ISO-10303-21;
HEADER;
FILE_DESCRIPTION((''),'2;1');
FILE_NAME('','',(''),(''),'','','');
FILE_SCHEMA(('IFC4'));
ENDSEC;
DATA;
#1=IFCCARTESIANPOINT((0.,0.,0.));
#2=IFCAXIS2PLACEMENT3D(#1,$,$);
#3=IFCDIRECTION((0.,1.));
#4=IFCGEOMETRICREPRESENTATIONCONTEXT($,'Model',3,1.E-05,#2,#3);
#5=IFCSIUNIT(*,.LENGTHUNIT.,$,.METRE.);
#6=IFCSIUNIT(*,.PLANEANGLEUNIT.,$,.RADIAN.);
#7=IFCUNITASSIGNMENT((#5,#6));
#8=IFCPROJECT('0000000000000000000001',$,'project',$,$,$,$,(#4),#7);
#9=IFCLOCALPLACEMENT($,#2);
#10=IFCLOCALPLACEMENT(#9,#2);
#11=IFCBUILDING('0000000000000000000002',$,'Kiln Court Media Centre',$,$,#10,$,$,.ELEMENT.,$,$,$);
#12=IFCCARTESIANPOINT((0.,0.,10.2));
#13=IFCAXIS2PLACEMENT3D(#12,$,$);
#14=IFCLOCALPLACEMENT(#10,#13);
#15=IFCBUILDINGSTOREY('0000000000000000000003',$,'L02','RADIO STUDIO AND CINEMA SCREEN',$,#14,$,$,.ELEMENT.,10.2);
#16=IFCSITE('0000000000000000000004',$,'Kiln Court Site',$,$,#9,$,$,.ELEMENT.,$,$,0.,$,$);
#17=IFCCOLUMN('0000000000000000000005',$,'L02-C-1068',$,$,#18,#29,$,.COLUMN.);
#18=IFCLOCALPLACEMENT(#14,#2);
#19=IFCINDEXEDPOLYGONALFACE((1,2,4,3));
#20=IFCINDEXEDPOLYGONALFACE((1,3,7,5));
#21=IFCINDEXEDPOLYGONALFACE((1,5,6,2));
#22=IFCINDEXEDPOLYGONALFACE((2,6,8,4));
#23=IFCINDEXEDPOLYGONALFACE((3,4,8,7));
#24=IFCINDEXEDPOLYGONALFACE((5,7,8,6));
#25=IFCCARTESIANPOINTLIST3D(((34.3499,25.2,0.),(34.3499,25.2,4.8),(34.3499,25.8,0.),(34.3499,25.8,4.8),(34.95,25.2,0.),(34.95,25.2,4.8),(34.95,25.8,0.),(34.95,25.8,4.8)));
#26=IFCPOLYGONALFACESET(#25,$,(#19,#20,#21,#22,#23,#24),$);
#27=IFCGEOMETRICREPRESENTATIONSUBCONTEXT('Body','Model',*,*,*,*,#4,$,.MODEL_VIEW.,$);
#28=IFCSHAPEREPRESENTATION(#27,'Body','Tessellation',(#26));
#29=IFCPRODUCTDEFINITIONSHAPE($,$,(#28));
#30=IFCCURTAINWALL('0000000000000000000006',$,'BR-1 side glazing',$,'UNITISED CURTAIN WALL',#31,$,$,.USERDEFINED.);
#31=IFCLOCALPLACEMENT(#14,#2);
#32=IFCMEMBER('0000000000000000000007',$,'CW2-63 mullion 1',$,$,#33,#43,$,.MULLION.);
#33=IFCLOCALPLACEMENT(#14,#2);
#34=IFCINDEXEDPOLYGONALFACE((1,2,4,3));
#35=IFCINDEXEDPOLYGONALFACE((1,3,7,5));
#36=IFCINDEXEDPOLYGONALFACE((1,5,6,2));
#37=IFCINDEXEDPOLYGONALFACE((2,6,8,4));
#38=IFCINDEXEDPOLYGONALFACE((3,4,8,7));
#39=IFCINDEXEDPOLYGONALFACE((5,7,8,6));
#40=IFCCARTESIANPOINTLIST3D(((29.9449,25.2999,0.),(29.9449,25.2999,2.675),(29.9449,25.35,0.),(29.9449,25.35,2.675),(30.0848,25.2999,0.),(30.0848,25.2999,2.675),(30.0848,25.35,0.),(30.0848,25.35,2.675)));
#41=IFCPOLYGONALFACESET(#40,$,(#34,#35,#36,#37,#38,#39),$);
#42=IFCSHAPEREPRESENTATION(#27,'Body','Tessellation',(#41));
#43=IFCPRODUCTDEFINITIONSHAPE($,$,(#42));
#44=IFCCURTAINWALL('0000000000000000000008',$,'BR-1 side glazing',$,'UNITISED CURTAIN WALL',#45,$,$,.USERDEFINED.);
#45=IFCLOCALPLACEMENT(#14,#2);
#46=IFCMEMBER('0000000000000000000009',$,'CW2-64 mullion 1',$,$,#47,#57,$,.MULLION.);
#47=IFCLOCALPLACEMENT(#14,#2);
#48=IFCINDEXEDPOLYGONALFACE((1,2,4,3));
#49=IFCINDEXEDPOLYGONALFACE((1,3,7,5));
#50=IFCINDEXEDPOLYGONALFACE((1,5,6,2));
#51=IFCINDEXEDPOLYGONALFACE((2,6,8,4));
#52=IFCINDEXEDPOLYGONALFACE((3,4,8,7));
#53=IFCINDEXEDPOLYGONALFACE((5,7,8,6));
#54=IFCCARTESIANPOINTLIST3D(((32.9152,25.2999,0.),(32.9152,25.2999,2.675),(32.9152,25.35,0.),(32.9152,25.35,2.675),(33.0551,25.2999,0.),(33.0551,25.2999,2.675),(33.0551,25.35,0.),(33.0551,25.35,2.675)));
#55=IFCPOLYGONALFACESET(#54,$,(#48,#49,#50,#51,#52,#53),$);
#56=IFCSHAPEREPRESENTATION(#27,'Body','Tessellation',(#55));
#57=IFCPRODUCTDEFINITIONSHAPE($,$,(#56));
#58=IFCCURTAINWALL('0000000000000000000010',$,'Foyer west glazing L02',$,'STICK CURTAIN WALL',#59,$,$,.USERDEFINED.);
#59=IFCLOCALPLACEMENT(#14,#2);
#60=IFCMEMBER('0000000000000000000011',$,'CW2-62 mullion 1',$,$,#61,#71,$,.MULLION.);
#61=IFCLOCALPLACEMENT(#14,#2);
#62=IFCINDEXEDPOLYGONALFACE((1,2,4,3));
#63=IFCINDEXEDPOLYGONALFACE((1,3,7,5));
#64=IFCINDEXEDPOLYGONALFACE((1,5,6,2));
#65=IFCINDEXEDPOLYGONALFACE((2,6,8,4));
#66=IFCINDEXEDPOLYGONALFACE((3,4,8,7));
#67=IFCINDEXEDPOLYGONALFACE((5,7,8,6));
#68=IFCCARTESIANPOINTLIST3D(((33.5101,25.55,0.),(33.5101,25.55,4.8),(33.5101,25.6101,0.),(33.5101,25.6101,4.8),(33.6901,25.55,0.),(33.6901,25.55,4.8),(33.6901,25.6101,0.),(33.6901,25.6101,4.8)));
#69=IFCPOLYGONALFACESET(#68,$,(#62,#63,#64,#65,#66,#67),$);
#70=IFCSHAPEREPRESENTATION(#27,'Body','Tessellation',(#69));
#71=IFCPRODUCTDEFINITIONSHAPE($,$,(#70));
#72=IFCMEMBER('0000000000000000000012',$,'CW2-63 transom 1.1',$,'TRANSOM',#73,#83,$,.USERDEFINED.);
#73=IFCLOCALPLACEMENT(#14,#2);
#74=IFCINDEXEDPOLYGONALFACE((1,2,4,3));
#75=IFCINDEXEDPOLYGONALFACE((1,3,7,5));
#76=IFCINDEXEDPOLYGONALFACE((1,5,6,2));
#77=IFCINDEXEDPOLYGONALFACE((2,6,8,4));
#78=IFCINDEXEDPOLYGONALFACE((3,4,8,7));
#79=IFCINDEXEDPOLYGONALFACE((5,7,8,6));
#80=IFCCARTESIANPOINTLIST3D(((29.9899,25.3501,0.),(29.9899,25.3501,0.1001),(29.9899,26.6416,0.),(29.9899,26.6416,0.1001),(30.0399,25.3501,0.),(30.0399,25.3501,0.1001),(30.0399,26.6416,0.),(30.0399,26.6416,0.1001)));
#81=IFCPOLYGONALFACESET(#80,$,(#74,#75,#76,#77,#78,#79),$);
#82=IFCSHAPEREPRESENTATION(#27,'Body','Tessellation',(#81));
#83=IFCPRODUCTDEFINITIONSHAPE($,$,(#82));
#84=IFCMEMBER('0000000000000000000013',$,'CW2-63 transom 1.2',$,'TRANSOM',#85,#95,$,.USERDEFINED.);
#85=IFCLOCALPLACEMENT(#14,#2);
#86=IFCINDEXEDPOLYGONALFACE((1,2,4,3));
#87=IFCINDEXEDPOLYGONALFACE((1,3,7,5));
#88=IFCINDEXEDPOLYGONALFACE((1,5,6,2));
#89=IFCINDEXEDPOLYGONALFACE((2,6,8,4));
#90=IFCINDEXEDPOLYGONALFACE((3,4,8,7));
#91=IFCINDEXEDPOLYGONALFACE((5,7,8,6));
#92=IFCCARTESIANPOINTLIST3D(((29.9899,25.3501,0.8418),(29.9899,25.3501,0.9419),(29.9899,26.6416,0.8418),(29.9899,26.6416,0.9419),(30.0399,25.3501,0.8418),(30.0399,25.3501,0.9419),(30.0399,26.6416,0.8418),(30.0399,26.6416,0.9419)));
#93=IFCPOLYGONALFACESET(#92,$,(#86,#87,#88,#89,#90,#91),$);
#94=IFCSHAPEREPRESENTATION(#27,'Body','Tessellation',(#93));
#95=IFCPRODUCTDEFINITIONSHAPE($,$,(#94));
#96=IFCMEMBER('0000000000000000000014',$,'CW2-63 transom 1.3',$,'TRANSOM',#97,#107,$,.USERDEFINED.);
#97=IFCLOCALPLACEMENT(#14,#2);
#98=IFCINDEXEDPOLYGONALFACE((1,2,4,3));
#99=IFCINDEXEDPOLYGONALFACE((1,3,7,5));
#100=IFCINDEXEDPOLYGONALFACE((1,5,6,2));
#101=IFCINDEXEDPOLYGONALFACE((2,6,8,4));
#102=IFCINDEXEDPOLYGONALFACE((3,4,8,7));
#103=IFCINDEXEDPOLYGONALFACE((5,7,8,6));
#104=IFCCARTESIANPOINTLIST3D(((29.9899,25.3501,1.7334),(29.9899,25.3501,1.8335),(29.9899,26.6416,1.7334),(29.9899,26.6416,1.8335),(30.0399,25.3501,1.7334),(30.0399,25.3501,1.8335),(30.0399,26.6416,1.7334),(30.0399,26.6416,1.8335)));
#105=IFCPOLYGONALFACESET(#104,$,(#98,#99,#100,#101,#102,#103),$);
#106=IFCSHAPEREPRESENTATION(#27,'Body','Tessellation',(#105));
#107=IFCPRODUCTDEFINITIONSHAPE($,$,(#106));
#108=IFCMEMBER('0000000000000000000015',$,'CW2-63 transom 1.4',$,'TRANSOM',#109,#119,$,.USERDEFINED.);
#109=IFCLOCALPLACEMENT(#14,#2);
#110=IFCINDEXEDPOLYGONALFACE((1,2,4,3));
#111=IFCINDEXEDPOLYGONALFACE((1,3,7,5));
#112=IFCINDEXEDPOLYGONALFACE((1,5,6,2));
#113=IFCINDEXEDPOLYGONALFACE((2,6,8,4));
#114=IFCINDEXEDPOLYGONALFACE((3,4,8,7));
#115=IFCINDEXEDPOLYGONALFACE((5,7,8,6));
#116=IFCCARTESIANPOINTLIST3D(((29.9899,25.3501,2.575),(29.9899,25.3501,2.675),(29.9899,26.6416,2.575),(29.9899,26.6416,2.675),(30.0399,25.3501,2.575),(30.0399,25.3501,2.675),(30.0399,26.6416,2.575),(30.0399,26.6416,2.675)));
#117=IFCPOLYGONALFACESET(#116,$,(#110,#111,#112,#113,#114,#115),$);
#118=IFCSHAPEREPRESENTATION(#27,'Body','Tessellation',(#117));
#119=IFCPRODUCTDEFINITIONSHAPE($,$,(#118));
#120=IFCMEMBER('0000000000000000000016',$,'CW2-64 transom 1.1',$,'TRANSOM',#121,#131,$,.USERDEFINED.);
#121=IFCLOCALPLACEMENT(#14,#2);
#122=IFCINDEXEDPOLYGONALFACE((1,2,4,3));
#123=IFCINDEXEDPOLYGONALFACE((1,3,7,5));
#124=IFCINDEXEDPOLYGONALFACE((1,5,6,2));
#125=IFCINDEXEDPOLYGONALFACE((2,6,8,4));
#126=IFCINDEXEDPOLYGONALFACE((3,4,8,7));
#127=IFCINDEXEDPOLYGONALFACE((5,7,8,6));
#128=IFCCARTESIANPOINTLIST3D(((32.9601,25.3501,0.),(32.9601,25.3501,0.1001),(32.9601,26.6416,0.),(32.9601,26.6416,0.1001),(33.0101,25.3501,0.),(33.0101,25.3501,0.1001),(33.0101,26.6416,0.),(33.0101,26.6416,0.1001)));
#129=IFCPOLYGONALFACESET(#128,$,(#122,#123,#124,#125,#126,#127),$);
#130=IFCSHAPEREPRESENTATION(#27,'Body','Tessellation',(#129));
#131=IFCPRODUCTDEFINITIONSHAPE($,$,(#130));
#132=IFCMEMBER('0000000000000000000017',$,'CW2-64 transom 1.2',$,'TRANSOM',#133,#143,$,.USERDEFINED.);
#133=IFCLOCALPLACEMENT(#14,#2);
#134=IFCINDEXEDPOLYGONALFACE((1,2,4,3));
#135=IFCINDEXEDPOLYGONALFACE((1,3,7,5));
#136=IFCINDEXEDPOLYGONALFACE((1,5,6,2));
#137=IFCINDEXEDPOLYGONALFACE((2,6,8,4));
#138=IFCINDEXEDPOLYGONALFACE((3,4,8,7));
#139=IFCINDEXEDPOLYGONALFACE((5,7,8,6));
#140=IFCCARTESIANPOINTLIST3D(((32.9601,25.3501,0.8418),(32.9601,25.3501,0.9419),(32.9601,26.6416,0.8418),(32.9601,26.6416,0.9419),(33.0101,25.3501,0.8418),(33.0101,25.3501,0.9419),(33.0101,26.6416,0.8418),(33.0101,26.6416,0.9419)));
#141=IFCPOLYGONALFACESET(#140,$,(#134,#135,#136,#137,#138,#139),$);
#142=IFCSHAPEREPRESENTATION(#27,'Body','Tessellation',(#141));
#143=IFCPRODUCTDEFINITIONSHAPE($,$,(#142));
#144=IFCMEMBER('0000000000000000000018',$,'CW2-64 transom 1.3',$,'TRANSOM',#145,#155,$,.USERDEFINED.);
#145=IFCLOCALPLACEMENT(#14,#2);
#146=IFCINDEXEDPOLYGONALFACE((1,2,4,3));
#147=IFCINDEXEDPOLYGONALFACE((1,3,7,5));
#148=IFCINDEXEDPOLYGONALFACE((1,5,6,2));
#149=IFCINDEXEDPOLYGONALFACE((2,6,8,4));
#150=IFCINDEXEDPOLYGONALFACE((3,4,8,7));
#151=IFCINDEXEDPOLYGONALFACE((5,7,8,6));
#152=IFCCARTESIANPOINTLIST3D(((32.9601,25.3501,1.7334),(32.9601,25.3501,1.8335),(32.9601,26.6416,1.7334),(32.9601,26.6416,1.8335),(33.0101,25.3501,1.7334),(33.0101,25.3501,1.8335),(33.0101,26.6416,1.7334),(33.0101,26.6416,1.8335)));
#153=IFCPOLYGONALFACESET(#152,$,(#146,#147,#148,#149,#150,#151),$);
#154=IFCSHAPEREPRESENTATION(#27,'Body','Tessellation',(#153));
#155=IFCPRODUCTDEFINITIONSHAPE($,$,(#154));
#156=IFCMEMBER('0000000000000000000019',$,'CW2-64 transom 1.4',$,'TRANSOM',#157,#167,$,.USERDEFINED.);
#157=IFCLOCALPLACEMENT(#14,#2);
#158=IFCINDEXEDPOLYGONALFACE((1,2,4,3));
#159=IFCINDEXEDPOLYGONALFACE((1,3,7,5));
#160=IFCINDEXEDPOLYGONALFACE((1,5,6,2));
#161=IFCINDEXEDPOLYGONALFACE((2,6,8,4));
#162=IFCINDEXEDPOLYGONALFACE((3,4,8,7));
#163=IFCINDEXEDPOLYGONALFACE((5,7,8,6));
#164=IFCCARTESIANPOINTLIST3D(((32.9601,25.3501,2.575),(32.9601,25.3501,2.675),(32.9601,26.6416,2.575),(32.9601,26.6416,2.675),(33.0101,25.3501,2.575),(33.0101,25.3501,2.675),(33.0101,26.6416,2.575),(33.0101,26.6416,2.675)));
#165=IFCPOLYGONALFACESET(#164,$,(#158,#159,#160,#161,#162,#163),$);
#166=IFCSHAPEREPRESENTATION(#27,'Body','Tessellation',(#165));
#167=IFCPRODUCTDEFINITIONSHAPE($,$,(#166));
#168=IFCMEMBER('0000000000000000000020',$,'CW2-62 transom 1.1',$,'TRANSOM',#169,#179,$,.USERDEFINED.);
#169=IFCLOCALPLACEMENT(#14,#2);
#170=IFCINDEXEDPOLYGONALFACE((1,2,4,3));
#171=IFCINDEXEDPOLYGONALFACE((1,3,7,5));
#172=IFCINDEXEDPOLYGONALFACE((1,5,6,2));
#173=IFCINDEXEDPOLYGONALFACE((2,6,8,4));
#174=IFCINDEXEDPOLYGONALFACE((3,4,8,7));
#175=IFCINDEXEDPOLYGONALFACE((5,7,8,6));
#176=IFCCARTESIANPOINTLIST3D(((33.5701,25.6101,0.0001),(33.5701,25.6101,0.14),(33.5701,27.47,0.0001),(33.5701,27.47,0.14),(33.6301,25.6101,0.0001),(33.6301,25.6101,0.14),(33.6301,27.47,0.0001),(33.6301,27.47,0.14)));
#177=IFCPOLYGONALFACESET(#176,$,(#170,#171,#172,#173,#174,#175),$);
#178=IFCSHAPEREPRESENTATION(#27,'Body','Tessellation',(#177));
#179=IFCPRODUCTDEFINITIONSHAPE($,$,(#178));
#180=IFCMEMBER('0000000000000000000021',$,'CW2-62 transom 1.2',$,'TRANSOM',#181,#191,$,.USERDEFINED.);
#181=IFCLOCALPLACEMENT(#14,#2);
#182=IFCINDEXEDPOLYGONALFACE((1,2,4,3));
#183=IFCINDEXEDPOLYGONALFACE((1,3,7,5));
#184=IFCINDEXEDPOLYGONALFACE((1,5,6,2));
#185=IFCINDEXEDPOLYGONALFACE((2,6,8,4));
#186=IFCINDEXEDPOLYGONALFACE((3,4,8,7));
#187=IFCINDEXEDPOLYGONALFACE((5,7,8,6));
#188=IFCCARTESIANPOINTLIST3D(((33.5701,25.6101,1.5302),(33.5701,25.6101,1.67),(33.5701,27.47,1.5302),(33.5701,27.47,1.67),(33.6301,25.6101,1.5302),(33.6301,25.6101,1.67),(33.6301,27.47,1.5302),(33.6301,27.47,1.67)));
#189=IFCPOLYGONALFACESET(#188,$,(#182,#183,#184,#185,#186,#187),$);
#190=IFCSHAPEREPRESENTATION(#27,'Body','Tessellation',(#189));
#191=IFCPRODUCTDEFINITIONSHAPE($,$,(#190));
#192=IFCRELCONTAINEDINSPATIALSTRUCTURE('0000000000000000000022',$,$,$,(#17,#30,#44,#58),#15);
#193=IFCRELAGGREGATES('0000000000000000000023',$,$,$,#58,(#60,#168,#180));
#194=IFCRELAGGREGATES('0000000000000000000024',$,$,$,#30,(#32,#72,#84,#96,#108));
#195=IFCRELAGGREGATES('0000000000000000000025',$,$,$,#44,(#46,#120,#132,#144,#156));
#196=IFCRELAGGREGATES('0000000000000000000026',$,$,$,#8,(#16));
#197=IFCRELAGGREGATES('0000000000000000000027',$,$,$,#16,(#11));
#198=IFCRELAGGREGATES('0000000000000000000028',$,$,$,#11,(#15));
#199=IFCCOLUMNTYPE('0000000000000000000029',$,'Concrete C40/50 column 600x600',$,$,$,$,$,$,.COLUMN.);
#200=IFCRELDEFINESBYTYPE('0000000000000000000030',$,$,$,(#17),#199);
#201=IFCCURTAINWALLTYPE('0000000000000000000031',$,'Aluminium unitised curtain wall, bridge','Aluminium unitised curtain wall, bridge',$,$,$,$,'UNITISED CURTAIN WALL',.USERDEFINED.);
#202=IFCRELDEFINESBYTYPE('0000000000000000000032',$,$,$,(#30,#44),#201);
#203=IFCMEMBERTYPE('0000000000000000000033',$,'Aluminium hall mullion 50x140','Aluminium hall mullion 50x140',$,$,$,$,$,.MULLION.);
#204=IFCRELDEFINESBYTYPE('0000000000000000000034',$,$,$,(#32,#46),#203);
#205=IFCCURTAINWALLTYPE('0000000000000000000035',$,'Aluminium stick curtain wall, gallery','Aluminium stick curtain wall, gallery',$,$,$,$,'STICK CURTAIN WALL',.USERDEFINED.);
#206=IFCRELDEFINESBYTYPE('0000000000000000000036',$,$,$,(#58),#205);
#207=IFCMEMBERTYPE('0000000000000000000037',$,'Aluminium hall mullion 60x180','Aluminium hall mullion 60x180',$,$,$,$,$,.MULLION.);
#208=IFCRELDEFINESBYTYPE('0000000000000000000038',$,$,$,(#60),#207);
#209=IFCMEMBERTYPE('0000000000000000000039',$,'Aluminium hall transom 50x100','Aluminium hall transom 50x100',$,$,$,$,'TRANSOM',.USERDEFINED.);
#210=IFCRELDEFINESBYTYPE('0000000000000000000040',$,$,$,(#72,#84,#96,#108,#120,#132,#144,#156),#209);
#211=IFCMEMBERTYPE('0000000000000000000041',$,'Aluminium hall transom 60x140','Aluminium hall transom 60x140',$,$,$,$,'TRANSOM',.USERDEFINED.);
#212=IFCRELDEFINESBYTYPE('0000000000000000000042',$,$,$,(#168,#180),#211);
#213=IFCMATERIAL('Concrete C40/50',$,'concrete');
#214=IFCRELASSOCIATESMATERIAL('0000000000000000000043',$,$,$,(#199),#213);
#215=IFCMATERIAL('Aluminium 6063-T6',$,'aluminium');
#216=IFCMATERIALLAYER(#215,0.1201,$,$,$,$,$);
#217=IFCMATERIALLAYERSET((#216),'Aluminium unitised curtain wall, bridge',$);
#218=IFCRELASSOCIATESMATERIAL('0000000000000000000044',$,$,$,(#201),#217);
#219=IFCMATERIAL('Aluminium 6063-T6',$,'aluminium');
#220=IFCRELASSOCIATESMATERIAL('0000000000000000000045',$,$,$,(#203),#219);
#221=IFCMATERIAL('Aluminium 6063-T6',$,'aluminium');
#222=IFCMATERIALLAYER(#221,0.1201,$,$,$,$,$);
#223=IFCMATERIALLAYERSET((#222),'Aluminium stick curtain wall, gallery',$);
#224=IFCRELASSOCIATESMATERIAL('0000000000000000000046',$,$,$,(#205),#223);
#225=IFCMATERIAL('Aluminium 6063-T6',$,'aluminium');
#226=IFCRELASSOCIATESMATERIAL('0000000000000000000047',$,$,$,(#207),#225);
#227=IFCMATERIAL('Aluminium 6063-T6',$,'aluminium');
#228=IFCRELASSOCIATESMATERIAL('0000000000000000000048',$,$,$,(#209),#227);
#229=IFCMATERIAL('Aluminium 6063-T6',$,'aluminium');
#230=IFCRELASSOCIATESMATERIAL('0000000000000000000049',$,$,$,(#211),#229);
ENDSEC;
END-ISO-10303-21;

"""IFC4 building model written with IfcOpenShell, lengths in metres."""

from ifc_helpers import new_model, si_unit, direction, frame, origin, origin_2d, place, context, subcontext, project, spatial, rectangle, extrude, material, layer, layer_set, material_profile, profile_set, type_object, element, aggregate, save


model = new_model("IFC4")

# Units and contexts
model_context = context("Model", 3, precision=1e-05, world=origin(), true_north=direction((0.0, 1.0)))
body_context = subcontext(model_context, "Body", "Model", "MODEL_VIEW")
ifc_project = project(units=[si_unit("LENGTHUNIT", "METRE"), si_unit("PLANEANGLEUNIT", "RADIAN")], contexts=[model_context])

# Site, building, storey
site_placement = place(None, origin())
site = spatial("IfcSite", under=ifc_project, at=site_placement, Name="Kiln Court Site", CompositionType="ELEMENT", RefElevation=0.0)
building_placement = place(site_placement, origin())
building = spatial("IfcBuilding", under=site, at=building_placement, Name="Kiln Court Media Centre", CompositionType="ELEMENT")
storey_placement = place(building_placement, frame((0.0, 0.0, 10.2)))
storey = spatial("IfcBuildingStorey", under=building, at=storey_placement, Name="L02", Description="RADIO STUDIO AND CINEMA SCREEN", CompositionType="ELEMENT", Elevation=10.2)

# Column
ifc_material_1 = material(Name="Concrete C40/50", Category="concrete")
ifc_material_profile_1 = material_profile(ifc_material_1, rectangle(XDim=0.6001, YDim=0.6001, at=origin_2d()), Name="RC 600x600")
ifc_profile_set_1 = profile_set([ifc_material_profile_1], Name="Concrete C40/50")
column_type = type_object("IfcColumnType", Name="Concrete C40/50 column 600x600", PredefinedType="COLUMN", material=ifc_profile_set_1)
column_placement = place(storey_placement, frame((34.6499, 25.5, 0.0), z_axis=(0.0, 0.0, 1.0), x_axis=(1.0, 0.0, 0.0)))
element("IfcColumn", 1, at=column_placement, inside=storey, type_object=column_type, Name="L02-C-1068", PredefinedType="COLUMN", context=body_context, shape_type="SweptSolid", body=[
    extrude(rectangle(XDim=0.6001, YDim=0.6001, at=origin_2d()), origin(), (0.0, 0.0, 1.0), 4.8),
])

# Curtain walls, members
ifc_material_2 = material(Name="Aluminium 6063-T6", Category="aluminium")
ifc_layer_1 = layer(ifc_material_2, 0.1201)
ifc_layer_set_1 = layer_set([ifc_layer_1], Name="Aluminium unitised curtain wall, bridge")
curtain_wall_type_1 = type_object("IfcCurtainWallType", Name="Aluminium unitised curtain wall, bridge", Description="Aluminium unitised curtain wall, bridge", ElementType="UNITISED CURTAIN WALL", PredefinedType="USERDEFINED", material=ifc_layer_set_1)
curtain_wall_1_placement = place(storey_placement, origin())
curtain_wall_1 = element("IfcCurtainWall", 2, at=curtain_wall_1_placement, inside=storey, type_object=curtain_wall_type_1, Name="BR-1 side glazing", ObjectType="UNITISED CURTAIN WALL", PredefinedType="USERDEFINED")
ifc_material_3 = material(Name="Aluminium 6063-T6", Category="aluminium")
ifc_material_profile_2 = material_profile(ifc_material_3, rectangle(XDim=0.05, YDim=0.1399, at=origin_2d()), Name="Aluminium hall mullion 50x140")
ifc_profile_set_2 = profile_set([ifc_material_profile_2], Name="Aluminium 6063-T6")
member_type_1 = type_object("IfcMemberType", Name="Aluminium hall mullion 50x140", Description="Aluminium hall mullion 50x140", PredefinedType="MULLION", material=ifc_profile_set_2)
member_1_placement = place(storey_placement, frame((30.0149, 25.325, 0.0), z_axis=(0.0, 0.0, 1.0), x_axis=(0.0, 1.0, 0.0)))
member_1 = element("IfcMember", 3, at=member_1_placement, type_object=member_type_1, Name="CW2-63 mullion 1", PredefinedType="MULLION", context=body_context, shape_type="SweptSolid", body=[
    extrude(rectangle(XDim=0.05, YDim=0.1399, at=origin_2d()), origin(), (0.0, 0.0, 1.0), 2.675),
])
curtain_wall_2_placement = place(storey_placement, origin())
curtain_wall_2 = element("IfcCurtainWall", 4, at=curtain_wall_2_placement, inside=storey, type_object=curtain_wall_type_1, Name="BR-1 side glazing", ObjectType="UNITISED CURTAIN WALL", PredefinedType="USERDEFINED")
member_2_placement = place(storey_placement, frame((32.9851, 25.325, 0.0), z_axis=(0.0, 0.0, 1.0), x_axis=(0.0, 1.0, 0.0)))
member_2 = element("IfcMember", 5, at=member_2_placement, type_object=member_type_1, Name="CW2-64 mullion 1", PredefinedType="MULLION", context=body_context, shape_type="SweptSolid", body=[
    extrude(rectangle(XDim=0.05, YDim=0.1399, at=origin_2d()), origin(), (0.0, 0.0, 1.0), 2.675),
])
ifc_material_4 = material(Name="Aluminium 6063-T6", Category="aluminium")
ifc_layer_2 = layer(ifc_material_4, 0.1201)
ifc_layer_set_2 = layer_set([ifc_layer_2], Name="Aluminium stick curtain wall, gallery")
curtain_wall_type_2 = type_object("IfcCurtainWallType", Name="Aluminium stick curtain wall, gallery", Description="Aluminium stick curtain wall, gallery", ElementType="STICK CURTAIN WALL", PredefinedType="USERDEFINED", material=ifc_layer_set_2)
curtain_wall_3_placement = place(storey_placement, origin())
curtain_wall_3 = element("IfcCurtainWall", 6, at=curtain_wall_3_placement, inside=storey, type_object=curtain_wall_type_2, Name="Foyer west glazing L02", ObjectType="STICK CURTAIN WALL", PredefinedType="USERDEFINED")
ifc_material_5 = material(Name="Aluminium 6063-T6", Category="aluminium")
ifc_material_profile_3 = material_profile(ifc_material_5, rectangle(XDim=0.0601, YDim=0.1799, at=origin_2d()), Name="Aluminium hall mullion 60x180")
ifc_profile_set_3 = profile_set([ifc_material_profile_3], Name="Aluminium 6063-T6")
member_type_2 = type_object("IfcMemberType", Name="Aluminium hall mullion 60x180", Description="Aluminium hall mullion 60x180", PredefinedType="MULLION", material=ifc_profile_set_3)
member_3_placement = place(storey_placement, frame((33.6001, 25.5801, 0.0), z_axis=(0.0, 0.0, 1.0), x_axis=(0.0, 1.0, 0.0)))
member_3 = element("IfcMember", 7, at=member_3_placement, type_object=member_type_2, Name="CW2-62 mullion 1", PredefinedType="MULLION", context=body_context, shape_type="SweptSolid", body=[
    extrude(rectangle(XDim=0.0601, YDim=0.1799, at=origin_2d()), origin(), (0.0, 0.0, 1.0), 4.8),
])

# Members
ifc_material_6 = material(Name="Aluminium 6063-T6", Category="aluminium")
ifc_material_profile_4 = material_profile(ifc_material_6, rectangle(XDim=0.05, YDim=0.1001, at=origin_2d()), Name="Aluminium hall transom 50x100")
ifc_profile_set_4 = profile_set([ifc_material_profile_4], Name="Aluminium 6063-T6")
member_type_3 = type_object("IfcMemberType", Name="Aluminium hall transom 50x100", Description="Aluminium hall transom 50x100", ElementType="TRANSOM", PredefinedType="USERDEFINED", material=ifc_profile_set_4)
member_4_placement = place(storey_placement, frame((30.0149, 25.3501, 0.05), z_axis=(0.0, 1.0, 0.0), x_axis=(-1.0, 0.0, 0.0)))
member_4 = element("IfcMember", 8, at=member_4_placement, type_object=member_type_3, Name="CW2-63 transom 1.1", ObjectType="TRANSOM", PredefinedType="USERDEFINED", context=body_context, shape_type="SweptSolid", body=[
    extrude(rectangle(XDim=0.05, YDim=0.1001, at=origin_2d()), origin(), (0.0, 0.0, 1.0), 1.2915),
])
member_5_placement = place(storey_placement, frame((30.0149, 25.3501, 0.8918), z_axis=(0.0, 1.0, 0.0), x_axis=(-1.0, 0.0, 0.0)))
member_5 = element("IfcMember", 9, at=member_5_placement, type_object=member_type_3, Name="CW2-63 transom 1.2", ObjectType="TRANSOM", PredefinedType="USERDEFINED", context=body_context, shape_type="SweptSolid", body=[
    extrude(rectangle(XDim=0.05, YDim=0.1001, at=origin_2d()), origin(), (0.0, 0.0, 1.0), 1.2915),
])
member_6_placement = place(storey_placement, frame((30.0149, 25.3501, 1.7834), z_axis=(0.0, 1.0, 0.0), x_axis=(-1.0, 0.0, 0.0)))
member_6 = element("IfcMember", 10, at=member_6_placement, type_object=member_type_3, Name="CW2-63 transom 1.3", ObjectType="TRANSOM", PredefinedType="USERDEFINED", context=body_context, shape_type="SweptSolid", body=[
    extrude(rectangle(XDim=0.05, YDim=0.1001, at=origin_2d()), origin(), (0.0, 0.0, 1.0), 1.2915),
])
member_7_placement = place(storey_placement, frame((30.0149, 25.3501, 2.625), z_axis=(0.0, 1.0, 0.0), x_axis=(-1.0, 0.0, 0.0)))
member_7 = element("IfcMember", 11, at=member_7_placement, type_object=member_type_3, Name="CW2-63 transom 1.4", ObjectType="TRANSOM", PredefinedType="USERDEFINED", context=body_context, shape_type="SweptSolid", body=[
    extrude(rectangle(XDim=0.05, YDim=0.1001, at=origin_2d()), origin(), (0.0, 0.0, 1.0), 1.2915),
])
member_8_placement = place(storey_placement, frame((32.9851, 25.3501, 0.05), z_axis=(0.0, 1.0, 0.0), x_axis=(-1.0, 0.0, 0.0)))
member_8 = element("IfcMember", 12, at=member_8_placement, type_object=member_type_3, Name="CW2-64 transom 1.1", ObjectType="TRANSOM", PredefinedType="USERDEFINED", context=body_context, shape_type="SweptSolid", body=[
    extrude(rectangle(XDim=0.05, YDim=0.1001, at=origin_2d()), origin(), (0.0, 0.0, 1.0), 1.2915),
])
member_9_placement = place(storey_placement, frame((32.9851, 25.3501, 0.8918), z_axis=(0.0, 1.0, 0.0), x_axis=(-1.0, 0.0, 0.0)))
member_9 = element("IfcMember", 13, at=member_9_placement, type_object=member_type_3, Name="CW2-64 transom 1.2", ObjectType="TRANSOM", PredefinedType="USERDEFINED", context=body_context, shape_type="SweptSolid", body=[
    extrude(rectangle(XDim=0.05, YDim=0.1001, at=origin_2d()), origin(), (0.0, 0.0, 1.0), 1.2915),
])
member_10_placement = place(storey_placement, frame((32.9851, 25.3501, 1.7834), z_axis=(0.0, 1.0, 0.0), x_axis=(-1.0, 0.0, 0.0)))
member_10 = element("IfcMember", 14, at=member_10_placement, type_object=member_type_3, Name="CW2-64 transom 1.3", ObjectType="TRANSOM", PredefinedType="USERDEFINED", context=body_context, shape_type="SweptSolid", body=[
    extrude(rectangle(XDim=0.05, YDim=0.1001, at=origin_2d()), origin(), (0.0, 0.0, 1.0), 1.2915),
])
member_11_placement = place(storey_placement, frame((32.9851, 25.3501, 2.625), z_axis=(0.0, 1.0, 0.0), x_axis=(-1.0, 0.0, 0.0)))
member_11 = element("IfcMember", 15, at=member_11_placement, type_object=member_type_3, Name="CW2-64 transom 1.4", ObjectType="TRANSOM", PredefinedType="USERDEFINED", context=body_context, shape_type="SweptSolid", body=[
    extrude(rectangle(XDim=0.05, YDim=0.1001, at=origin_2d()), origin(), (0.0, 0.0, 1.0), 1.2915),
])
ifc_material_7 = material(Name="Aluminium 6063-T6", Category="aluminium")
ifc_material_profile_5 = material_profile(ifc_material_7, rectangle(XDim=0.0601, YDim=0.1399, at=origin_2d()), Name="Aluminium hall transom 60x140")
ifc_profile_set_5 = profile_set([ifc_material_profile_5], Name="Aluminium 6063-T6")
member_type_4 = type_object("IfcMemberType", Name="Aluminium hall transom 60x140", Description="Aluminium hall transom 60x140", ElementType="TRANSOM", PredefinedType="USERDEFINED", material=ifc_profile_set_5)
member_12_placement = place(storey_placement, frame((33.6001, 25.6101, 0.0701), z_axis=(0.0, 1.0, 0.0), x_axis=(-1.0, 0.0, 0.0)))
member_12 = element("IfcMember", 16, at=member_12_placement, type_object=member_type_4, Name="CW2-62 transom 1.1", ObjectType="TRANSOM", PredefinedType="USERDEFINED", context=body_context, shape_type="SweptSolid", body=[
    extrude(rectangle(XDim=0.0601, YDim=0.1399, at=origin_2d()), origin(), (0.0, 0.0, 1.0), 1.8599),
])
member_13_placement = place(storey_placement, frame((33.6001, 25.6101, 1.6001), z_axis=(0.0, 1.0, 0.0), x_axis=(-1.0, 0.0, 0.0)))
member_13 = element("IfcMember", 17, at=member_13_placement, type_object=member_type_4, Name="CW2-62 transom 1.2", ObjectType="TRANSOM", PredefinedType="USERDEFINED", context=body_context, shape_type="SweptSolid", body=[
    extrude(rectangle(XDim=0.0601, YDim=0.1399, at=origin_2d()), origin(), (0.0, 0.0, 1.0), 1.8599),
])
aggregate(curtain_wall_3, [member_3, member_12, member_13])

aggregate(curtain_wall_1, [member_1, member_4, member_5, member_6, member_7])
aggregate(curtain_wall_2, [member_2, member_8, member_9, member_10, member_11])

save(model, "model.ifc")
